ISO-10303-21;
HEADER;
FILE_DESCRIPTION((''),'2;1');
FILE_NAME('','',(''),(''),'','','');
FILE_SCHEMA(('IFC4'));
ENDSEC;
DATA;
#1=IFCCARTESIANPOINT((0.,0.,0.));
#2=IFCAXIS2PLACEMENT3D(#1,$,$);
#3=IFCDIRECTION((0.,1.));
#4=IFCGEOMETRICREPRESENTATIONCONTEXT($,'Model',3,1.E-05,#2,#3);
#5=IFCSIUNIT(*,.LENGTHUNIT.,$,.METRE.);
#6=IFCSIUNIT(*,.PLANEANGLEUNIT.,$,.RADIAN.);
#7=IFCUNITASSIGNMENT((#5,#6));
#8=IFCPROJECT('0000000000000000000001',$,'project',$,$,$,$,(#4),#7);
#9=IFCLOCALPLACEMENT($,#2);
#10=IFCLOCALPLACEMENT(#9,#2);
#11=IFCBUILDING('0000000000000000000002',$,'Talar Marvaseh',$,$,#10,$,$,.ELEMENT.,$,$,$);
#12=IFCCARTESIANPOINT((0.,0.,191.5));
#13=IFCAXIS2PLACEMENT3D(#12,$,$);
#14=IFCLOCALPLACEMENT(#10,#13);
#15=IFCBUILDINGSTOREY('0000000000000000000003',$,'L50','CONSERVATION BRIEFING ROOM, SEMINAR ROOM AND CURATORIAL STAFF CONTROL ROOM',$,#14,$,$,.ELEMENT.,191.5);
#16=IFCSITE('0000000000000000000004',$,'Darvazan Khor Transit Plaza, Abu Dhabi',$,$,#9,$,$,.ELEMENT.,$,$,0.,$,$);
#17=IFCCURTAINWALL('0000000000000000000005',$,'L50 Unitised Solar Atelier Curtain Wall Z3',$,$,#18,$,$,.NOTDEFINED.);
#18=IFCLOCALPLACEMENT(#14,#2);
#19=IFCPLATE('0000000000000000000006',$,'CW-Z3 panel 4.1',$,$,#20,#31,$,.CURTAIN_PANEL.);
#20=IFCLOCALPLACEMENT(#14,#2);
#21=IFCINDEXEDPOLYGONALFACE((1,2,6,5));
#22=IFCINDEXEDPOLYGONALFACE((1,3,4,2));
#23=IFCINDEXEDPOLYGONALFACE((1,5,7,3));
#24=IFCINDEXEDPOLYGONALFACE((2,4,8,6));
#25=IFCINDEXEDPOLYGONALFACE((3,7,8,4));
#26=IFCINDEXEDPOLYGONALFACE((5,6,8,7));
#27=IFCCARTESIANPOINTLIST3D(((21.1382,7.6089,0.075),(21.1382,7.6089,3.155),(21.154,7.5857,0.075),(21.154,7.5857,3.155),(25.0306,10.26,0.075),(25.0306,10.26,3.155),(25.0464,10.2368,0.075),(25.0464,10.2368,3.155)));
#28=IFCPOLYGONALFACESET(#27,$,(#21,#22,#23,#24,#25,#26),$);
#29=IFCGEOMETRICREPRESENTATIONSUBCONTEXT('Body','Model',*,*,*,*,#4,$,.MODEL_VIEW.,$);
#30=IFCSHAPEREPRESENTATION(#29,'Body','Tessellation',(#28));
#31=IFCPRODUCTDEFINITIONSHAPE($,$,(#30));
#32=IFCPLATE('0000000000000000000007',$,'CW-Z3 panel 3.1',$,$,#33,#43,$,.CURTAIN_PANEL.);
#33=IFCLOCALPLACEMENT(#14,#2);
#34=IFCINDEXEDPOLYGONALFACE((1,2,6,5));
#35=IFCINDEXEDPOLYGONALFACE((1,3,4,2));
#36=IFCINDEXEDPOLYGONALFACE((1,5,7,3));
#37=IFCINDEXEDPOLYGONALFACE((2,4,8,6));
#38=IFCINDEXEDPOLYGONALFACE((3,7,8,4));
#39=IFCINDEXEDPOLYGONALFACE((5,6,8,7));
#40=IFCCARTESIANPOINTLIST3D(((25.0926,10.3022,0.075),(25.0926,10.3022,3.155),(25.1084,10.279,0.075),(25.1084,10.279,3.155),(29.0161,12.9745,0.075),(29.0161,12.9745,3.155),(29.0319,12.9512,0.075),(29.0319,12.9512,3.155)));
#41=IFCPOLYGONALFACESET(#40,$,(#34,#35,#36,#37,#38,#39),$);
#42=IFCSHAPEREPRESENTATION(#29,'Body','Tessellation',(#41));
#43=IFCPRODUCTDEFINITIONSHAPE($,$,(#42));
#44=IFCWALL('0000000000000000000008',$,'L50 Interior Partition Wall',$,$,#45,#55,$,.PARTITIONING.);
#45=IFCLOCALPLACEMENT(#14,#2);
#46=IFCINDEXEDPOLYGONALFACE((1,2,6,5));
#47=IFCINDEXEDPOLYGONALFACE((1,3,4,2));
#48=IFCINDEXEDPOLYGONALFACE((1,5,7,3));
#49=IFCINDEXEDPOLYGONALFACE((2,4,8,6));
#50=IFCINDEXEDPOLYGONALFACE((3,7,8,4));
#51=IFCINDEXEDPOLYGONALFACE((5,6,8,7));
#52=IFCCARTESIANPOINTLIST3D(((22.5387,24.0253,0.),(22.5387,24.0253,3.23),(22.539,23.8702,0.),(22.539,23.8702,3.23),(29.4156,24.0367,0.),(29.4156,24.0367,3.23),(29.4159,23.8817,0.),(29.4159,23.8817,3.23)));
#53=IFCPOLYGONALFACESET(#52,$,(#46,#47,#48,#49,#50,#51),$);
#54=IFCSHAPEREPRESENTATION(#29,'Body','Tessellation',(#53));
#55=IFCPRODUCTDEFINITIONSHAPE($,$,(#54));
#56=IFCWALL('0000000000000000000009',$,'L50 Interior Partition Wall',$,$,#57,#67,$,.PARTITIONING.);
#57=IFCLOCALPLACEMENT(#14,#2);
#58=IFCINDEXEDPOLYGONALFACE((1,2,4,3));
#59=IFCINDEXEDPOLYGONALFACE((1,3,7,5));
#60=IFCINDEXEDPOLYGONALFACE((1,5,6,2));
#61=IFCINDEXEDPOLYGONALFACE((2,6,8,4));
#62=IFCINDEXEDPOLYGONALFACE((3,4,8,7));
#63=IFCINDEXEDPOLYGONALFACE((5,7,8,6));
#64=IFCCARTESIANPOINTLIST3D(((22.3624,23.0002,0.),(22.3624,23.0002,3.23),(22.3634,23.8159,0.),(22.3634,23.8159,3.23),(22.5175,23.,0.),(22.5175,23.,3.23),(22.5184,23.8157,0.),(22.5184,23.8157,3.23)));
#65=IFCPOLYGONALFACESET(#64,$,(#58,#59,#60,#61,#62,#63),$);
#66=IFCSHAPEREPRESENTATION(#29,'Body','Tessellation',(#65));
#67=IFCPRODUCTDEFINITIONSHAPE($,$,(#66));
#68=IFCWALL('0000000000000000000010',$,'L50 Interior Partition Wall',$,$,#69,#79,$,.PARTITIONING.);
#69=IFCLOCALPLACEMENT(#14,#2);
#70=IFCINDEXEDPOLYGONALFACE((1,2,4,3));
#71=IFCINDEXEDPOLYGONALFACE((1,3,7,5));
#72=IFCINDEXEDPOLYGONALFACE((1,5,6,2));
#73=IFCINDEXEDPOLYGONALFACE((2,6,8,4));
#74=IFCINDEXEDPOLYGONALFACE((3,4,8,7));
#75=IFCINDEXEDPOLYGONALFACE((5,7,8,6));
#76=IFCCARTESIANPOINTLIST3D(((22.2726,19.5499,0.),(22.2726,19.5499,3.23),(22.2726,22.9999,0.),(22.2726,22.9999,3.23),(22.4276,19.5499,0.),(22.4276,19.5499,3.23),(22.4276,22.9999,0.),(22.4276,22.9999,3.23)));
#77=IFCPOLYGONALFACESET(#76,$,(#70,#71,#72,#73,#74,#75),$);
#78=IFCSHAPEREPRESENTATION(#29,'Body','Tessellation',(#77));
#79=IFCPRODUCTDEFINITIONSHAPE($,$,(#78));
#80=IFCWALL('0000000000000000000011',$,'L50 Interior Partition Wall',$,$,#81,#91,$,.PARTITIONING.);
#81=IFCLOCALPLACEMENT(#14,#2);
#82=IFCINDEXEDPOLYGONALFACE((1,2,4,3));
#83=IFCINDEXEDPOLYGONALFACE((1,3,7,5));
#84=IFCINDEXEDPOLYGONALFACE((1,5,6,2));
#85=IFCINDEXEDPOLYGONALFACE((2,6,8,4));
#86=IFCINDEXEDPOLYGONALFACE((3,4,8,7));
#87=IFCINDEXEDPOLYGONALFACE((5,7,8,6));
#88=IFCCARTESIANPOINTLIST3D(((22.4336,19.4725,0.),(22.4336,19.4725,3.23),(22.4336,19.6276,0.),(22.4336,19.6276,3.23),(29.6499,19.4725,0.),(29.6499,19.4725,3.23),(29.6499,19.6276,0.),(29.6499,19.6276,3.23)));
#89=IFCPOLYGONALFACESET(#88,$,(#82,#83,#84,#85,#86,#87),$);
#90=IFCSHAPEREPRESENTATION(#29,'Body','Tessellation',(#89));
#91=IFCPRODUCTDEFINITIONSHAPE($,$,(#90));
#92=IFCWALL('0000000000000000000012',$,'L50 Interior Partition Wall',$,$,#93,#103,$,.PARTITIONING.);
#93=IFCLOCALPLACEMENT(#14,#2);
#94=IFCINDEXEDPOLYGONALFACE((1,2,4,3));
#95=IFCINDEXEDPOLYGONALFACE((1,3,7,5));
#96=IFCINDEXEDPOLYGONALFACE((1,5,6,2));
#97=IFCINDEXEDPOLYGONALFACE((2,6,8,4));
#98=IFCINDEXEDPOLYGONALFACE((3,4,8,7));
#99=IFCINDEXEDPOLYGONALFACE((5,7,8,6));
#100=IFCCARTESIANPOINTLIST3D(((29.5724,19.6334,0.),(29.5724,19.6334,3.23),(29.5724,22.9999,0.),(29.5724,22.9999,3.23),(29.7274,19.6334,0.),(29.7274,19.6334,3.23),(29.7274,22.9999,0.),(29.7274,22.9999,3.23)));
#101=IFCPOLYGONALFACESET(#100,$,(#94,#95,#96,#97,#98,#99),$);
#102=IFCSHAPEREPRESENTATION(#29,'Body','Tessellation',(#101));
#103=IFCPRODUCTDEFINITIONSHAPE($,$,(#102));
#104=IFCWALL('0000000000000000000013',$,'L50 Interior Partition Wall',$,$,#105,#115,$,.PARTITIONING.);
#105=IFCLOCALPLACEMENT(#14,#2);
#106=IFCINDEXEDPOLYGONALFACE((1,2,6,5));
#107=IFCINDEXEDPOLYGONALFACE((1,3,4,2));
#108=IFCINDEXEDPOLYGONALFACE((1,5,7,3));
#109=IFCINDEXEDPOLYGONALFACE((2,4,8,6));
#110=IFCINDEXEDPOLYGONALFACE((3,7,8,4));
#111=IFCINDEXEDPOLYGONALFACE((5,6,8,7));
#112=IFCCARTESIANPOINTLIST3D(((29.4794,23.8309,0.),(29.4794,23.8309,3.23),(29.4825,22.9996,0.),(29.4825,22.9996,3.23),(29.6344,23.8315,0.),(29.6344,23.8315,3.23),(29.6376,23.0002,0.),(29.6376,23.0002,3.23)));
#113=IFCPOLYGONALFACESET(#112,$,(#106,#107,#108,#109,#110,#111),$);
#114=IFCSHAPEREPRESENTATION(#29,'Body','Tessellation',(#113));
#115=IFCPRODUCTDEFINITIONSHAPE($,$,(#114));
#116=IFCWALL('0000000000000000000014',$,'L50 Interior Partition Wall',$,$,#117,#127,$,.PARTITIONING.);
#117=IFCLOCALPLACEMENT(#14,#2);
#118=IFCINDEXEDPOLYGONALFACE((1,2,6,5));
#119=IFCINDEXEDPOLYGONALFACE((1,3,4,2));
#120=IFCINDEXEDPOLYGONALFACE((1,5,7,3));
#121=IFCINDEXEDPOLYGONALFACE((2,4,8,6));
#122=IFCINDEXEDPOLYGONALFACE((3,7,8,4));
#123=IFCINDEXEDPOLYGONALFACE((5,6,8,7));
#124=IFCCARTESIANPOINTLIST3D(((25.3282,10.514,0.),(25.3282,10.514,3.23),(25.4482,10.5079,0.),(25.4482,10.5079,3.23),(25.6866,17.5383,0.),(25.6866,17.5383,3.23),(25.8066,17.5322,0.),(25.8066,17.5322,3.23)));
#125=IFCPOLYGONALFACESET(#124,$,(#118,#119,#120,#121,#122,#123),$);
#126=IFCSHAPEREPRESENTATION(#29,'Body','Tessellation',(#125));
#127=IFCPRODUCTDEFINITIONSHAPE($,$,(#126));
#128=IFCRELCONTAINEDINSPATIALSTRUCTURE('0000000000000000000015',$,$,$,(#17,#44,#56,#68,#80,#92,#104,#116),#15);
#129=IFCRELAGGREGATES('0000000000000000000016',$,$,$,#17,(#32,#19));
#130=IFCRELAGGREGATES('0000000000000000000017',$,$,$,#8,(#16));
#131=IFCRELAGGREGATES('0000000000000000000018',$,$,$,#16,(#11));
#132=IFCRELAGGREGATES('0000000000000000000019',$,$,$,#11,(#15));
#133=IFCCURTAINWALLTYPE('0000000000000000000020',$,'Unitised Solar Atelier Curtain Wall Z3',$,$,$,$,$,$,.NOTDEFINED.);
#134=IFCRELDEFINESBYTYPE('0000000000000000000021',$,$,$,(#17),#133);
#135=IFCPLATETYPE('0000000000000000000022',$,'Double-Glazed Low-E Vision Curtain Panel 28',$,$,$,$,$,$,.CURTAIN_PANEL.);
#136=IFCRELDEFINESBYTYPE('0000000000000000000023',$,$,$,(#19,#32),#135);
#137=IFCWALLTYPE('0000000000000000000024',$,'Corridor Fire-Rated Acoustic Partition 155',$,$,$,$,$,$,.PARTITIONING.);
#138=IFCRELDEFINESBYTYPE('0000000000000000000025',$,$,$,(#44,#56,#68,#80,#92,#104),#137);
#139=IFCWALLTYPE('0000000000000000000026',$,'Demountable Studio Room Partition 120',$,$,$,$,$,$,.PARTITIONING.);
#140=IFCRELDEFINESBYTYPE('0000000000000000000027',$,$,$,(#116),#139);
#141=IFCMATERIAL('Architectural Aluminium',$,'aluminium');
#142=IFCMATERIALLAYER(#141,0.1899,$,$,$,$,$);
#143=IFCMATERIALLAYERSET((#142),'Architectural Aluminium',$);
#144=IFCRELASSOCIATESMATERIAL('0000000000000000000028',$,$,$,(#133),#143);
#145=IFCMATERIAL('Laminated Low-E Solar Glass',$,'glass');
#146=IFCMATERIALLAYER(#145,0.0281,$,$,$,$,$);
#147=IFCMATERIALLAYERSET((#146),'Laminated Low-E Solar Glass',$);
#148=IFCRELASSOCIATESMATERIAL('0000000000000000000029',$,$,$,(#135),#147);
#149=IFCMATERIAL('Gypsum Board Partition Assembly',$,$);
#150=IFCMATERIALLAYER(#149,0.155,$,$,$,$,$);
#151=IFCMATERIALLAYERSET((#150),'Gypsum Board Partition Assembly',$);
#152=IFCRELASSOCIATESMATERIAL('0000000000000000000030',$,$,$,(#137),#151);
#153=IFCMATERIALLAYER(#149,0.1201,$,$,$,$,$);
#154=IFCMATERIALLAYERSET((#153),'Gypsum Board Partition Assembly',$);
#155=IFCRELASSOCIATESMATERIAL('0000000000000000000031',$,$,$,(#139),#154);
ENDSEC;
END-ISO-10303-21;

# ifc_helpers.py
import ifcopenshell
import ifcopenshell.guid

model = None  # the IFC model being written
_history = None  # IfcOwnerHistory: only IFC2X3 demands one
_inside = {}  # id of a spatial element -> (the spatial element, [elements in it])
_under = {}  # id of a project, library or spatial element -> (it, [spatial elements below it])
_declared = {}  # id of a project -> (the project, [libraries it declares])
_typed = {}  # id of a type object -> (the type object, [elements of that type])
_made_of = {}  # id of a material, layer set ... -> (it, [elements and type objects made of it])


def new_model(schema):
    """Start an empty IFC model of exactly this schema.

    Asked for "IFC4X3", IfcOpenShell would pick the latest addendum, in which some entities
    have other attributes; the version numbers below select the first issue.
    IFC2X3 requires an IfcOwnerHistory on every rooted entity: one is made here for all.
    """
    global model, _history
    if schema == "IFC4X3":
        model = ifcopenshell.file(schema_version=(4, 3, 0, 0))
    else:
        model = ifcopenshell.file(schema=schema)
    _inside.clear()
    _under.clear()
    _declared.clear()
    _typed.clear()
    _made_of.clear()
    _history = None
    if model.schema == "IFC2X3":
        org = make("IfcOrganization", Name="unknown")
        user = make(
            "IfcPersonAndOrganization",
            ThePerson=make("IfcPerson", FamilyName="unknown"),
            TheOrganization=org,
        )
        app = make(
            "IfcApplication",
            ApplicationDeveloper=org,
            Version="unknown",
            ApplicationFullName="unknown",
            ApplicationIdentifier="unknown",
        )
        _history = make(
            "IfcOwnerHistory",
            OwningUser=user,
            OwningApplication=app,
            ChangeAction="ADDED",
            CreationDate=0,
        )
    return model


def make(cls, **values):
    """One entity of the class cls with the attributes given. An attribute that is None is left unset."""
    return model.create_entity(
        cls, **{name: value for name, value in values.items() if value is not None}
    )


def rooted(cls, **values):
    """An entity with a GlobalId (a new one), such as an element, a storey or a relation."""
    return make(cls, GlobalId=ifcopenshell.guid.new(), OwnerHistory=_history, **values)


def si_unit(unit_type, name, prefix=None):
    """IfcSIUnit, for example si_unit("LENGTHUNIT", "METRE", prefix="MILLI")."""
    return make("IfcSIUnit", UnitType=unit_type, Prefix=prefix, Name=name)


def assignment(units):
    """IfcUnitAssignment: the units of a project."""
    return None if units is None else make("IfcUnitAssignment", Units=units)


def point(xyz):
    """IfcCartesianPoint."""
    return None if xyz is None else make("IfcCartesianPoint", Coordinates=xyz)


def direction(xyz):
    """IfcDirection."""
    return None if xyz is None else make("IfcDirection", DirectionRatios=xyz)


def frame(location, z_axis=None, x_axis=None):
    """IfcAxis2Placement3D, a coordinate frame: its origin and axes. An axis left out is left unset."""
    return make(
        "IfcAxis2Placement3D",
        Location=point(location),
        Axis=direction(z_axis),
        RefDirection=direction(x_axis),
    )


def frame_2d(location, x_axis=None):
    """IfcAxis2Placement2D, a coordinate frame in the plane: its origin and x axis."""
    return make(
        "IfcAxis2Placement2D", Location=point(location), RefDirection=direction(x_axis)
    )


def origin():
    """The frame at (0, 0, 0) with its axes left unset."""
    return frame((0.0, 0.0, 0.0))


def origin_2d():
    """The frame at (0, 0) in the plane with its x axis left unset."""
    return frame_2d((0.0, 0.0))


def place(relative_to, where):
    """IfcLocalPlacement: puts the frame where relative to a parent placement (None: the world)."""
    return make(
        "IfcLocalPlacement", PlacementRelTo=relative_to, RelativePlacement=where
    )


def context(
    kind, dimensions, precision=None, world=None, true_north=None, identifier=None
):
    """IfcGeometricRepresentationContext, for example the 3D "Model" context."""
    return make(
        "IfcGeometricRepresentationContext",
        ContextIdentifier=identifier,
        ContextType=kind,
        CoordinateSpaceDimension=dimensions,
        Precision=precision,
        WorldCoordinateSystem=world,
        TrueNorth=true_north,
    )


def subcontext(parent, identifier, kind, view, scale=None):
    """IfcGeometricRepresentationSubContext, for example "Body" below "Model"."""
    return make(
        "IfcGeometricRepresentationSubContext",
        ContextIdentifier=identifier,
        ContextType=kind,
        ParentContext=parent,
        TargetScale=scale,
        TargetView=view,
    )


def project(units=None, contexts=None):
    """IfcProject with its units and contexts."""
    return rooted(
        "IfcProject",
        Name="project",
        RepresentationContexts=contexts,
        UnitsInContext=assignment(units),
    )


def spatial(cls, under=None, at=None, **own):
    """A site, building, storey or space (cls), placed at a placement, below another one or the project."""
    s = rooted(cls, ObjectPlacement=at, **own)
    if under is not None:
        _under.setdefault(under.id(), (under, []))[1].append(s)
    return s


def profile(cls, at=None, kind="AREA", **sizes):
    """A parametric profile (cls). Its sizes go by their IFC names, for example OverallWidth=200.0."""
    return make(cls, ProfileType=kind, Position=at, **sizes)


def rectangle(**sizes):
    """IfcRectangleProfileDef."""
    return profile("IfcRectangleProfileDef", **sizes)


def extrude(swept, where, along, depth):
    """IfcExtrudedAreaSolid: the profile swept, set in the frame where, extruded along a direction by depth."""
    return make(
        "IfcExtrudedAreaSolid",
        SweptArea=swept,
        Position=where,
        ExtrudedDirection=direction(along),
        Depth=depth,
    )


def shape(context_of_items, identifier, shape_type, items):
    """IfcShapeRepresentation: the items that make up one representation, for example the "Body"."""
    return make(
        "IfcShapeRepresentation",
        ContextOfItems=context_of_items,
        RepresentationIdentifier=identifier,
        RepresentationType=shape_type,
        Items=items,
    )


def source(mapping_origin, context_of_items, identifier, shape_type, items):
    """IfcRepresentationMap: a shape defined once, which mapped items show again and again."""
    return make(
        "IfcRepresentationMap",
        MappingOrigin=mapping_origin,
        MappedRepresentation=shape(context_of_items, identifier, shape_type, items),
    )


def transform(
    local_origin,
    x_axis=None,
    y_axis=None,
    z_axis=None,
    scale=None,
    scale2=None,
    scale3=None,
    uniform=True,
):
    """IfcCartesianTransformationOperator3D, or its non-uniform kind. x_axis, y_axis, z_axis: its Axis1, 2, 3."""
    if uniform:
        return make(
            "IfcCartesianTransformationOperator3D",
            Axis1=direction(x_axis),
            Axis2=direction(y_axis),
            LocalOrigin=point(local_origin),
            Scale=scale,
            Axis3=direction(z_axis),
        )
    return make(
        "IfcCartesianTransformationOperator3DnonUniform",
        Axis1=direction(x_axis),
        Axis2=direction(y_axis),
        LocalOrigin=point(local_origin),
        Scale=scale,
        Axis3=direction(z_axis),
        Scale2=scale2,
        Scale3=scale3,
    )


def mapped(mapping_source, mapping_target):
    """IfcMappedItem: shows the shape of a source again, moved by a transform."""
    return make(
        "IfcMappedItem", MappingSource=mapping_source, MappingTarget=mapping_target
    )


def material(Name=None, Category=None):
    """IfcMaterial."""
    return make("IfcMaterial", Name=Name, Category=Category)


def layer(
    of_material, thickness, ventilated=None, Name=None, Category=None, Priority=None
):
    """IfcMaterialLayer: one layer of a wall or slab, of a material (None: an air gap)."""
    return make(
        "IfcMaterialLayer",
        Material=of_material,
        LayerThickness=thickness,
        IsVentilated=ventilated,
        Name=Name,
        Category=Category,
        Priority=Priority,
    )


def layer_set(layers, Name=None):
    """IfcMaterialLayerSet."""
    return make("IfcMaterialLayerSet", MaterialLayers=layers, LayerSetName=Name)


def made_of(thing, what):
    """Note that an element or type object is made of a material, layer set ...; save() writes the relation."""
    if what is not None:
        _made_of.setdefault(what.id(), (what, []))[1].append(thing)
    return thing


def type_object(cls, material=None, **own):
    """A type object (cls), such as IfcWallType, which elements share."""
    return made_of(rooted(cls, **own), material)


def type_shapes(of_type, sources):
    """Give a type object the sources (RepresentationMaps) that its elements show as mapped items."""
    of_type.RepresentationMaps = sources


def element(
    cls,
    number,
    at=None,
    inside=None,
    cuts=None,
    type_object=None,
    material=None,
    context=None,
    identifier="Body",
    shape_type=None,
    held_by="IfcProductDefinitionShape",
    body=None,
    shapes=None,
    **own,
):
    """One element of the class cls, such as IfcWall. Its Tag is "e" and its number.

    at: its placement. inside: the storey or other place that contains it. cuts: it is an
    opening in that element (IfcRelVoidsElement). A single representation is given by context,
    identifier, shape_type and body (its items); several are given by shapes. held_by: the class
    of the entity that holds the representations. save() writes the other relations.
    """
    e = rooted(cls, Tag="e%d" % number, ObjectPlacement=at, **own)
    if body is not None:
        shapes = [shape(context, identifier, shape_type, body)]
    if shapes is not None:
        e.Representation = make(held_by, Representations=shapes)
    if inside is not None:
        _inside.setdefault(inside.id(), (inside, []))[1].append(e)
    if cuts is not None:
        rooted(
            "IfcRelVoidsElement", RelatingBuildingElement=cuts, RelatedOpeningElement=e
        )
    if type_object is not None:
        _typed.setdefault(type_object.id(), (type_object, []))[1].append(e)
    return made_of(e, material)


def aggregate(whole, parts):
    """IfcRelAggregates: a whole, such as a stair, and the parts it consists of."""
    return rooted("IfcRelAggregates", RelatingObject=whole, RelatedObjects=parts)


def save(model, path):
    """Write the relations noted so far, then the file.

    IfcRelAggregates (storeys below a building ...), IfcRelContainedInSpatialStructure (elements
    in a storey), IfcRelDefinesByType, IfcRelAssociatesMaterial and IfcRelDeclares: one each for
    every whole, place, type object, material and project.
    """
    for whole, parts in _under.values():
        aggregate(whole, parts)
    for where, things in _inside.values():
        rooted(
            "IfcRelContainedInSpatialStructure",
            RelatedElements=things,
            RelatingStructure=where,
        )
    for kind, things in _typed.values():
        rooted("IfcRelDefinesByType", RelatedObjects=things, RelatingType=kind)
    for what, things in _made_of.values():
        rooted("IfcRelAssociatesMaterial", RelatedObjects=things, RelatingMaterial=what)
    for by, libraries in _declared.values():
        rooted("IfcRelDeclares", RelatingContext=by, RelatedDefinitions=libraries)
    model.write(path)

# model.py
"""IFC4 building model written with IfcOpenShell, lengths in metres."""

from ifc_helpers import new_model, si_unit, direction, frame, frame_2d, origin, origin_2d, place, context, subcontext, project, spatial, rectangle, extrude, source, transform, mapped, material, layer, layer_set, type_object, type_shapes, element, aggregate, save


model = new_model("IFC4")

# Units and contexts
model_context = context("Model", 3, precision=1e-05, world=origin(), true_north=direction((0.0, 1.0)))
body_context = subcontext(model_context, "Body", "Model", "MODEL_VIEW")
ifc_project = project(units=[si_unit("LENGTHUNIT", "METRE"), si_unit("PLANEANGLEUNIT", "RADIAN")], contexts=[model_context])

# Site, building, storey
site_placement = place(None, origin())
site = spatial("IfcSite", under=ifc_project, at=site_placement, Name="Darvazan Khor Transit Plaza, Abu Dhabi", CompositionType="ELEMENT", RefElevation=0.0)
building_placement = place(site_placement, origin())
building = spatial("IfcBuilding", under=site, at=building_placement, Name="Talar Marvaseh", CompositionType="ELEMENT")
storey_placement = place(building_placement, frame((0.0, 0.0, 191.5)))
storey = spatial("IfcBuildingStorey", under=building, at=storey_placement, Name="L50", Description="CONSERVATION BRIEFING ROOM, SEMINAR ROOM AND CURATORIAL STAFF CONTROL ROOM", CompositionType="ELEMENT", Elevation=191.5)

# Curtain wall, plates
ifc_material_1 = material(Name="Architectural Aluminium", Category="aluminium")
ifc_layer_1 = layer(ifc_material_1, 0.1899)
ifc_layer_set_1 = layer_set([ifc_layer_1], Name="Architectural Aluminium")
curtain_wall_type = type_object("IfcCurtainWallType", Name="Unitised Solar Atelier Curtain Wall Z3", PredefinedType="NOTDEFINED", material=ifc_layer_set_1)
curtain_wall_placement = place(storey_placement, origin())
curtain_wall = element("IfcCurtainWall", 1, at=curtain_wall_placement, inside=storey, type_object=curtain_wall_type, Name="L50 Unitised Solar Atelier Curtain Wall Z3", PredefinedType="NOTDEFINED")
ifc_material_2 = material(Name="Laminated Low-E Solar Glass", Category="glass")
ifc_layer_2 = layer(ifc_material_2, 0.0281)
ifc_layer_set_2 = layer_set([ifc_layer_2], Name="Laminated Low-E Solar Glass")
plate_type = type_object("IfcPlateType", Name="Double-Glazed Low-E Vision Curtain Panel 28", PredefinedType="CURTAIN_PANEL", material=ifc_layer_set_2)
shared_shape_1 = source(origin(), body_context, "Body", "SweptSolid", [
    extrude(rectangle(XDim=4.7095, YDim=0.0281, at=origin_2d()), origin(), (0.0, 0.0, 1.0), 3.0801),
])
plate_1_placement = place(storey_placement, frame((23.0923, 8.9229, 0.075), z_axis=(0.0, 0.0, 1.0), x_axis=(-0.826503, -0.562932, 0.0)))
plate_1 = element("IfcPlate", 2, at=plate_1_placement, type_object=plate_type, Name="CW-Z3 panel 4.1", PredefinedType="CURTAIN_PANEL", context=body_context, shape_type="MappedRepresentation", body=[
    mapped(shared_shape_1, transform((0.0, 0.0, 0.0), x_axis=(1.0, 0.0, 0.0), y_axis=(0.0, 1.0, 0.0), z_axis=(0.0, 0.0, 1.0), scale=1.0)),
])
shared_shape_2 = source(origin(), body_context, "Body", "SweptSolid", [
    extrude(rectangle(XDim=4.7471, YDim=0.0281, at=origin_2d()), origin(), (0.0, 0.0, 1.0), 3.0801),
])
type_shapes(plate_type, [shared_shape_1, shared_shape_2])
plate_2_placement = place(storey_placement, frame((27.0623, 11.6267, 0.075), z_axis=(0.0, 0.0, 1.0), x_axis=(-0.826503, -0.562932, 0.0)))
plate_2 = element("IfcPlate", 3, at=plate_2_placement, type_object=plate_type, Name="CW-Z3 panel 3.1", PredefinedType="CURTAIN_PANEL", context=body_context, shape_type="MappedRepresentation", body=[
    mapped(shared_shape_2, transform((0.0, 0.0, 0.0), x_axis=(1.0, 0.0, 0.0), y_axis=(0.0, 1.0, 0.0), z_axis=(0.0, 0.0, 1.0), scale=1.0)),
])
aggregate(curtain_wall, [plate_2, plate_1])

# Walls
ifc_material_3 = material(Name="Gypsum Board Partition Assembly")
ifc_layer_3 = layer(ifc_material_3, 0.155)
ifc_layer_set_3 = layer_set([ifc_layer_3], Name="Gypsum Board Partition Assembly")
wall_type_1 = type_object("IfcWallType", Name="Corridor Fire-Rated Acoustic Partition 155", PredefinedType="PARTITIONING", material=ifc_layer_set_3)
wall_1_placement = place(storey_placement, frame((29.4158, 23.9592, 0.0), z_axis=(0.0, 0.0, 1.0), x_axis=(-0.999999, -0.001669, 0.0)))
element("IfcWall", 4, at=wall_1_placement, inside=storey, type_object=wall_type_1, Name="L50 Interior Partition Wall", PredefinedType="PARTITIONING", context=body_context, shape_type="SweptSolid", body=[
    extrude(rectangle(XDim=6.877, YDim=0.155, at=frame_2d((3.4385, 0.0))), origin(), (0.0, 0.0, 1.0), 3.23),
])
wall_2_placement = place(storey_placement, frame((22.4409, 23.8157, 0.0), z_axis=(0.0, 0.0, 1.0), x_axis=(-0.001197, -0.999999, 0.0)))
element("IfcWall", 5, at=wall_2_placement, inside=storey, type_object=wall_type_1, Name="L50 Interior Partition Wall", PredefinedType="PARTITIONING", context=body_context, shape_type="SweptSolid", body=[
    extrude(rectangle(XDim=0.8157, YDim=0.155, at=frame_2d((0.4077, 0.0))), origin(), (0.0, 0.0, 1.0), 3.23),
])
wall_3_placement = place(storey_placement, frame((22.3501, 23.0, 0.0), z_axis=(0.0, 0.0, 1.0), x_axis=(0.0, -1.0, 0.0)))
element("IfcWall", 6, at=wall_3_placement, inside=storey, type_object=wall_type_1, Name="L50 Interior Partition Wall", PredefinedType="PARTITIONING", context=body_context, shape_type="SweptSolid", body=[
    extrude(rectangle(XDim=3.45, YDim=0.155, at=frame_2d((1.7251, 0.0))), origin(), (0.0, 0.0, 1.0), 3.23),
])
wall_4_placement = place(storey_placement, frame((22.4336, 19.55, 0.0), z_axis=(0.0, 0.0, 1.0), x_axis=(1.0, 0.0, 0.0)))
element("IfcWall", 7, at=wall_4_placement, inside=storey, type_object=wall_type_1, Name="L50 Interior Partition Wall", PredefinedType="PARTITIONING", context=body_context, shape_type="SweptSolid", body=[
    extrude(rectangle(XDim=7.2163, YDim=0.155, at=frame_2d((3.6082, 0.0))), origin(), (0.0, 0.0, 1.0), 3.23),
])
wall_5_placement = place(storey_placement, frame((29.6499, 19.6335, 0.0), z_axis=(0.0, 0.0, 1.0), x_axis=(0.0, 1.0, 0.0)))
element("IfcWall", 8, at=wall_5_placement, inside=storey, type_object=wall_type_1, Name="L50 Interior Partition Wall", PredefinedType="PARTITIONING", context=body_context, shape_type="SweptSolid", body=[
    extrude(rectangle(XDim=3.3665, YDim=0.155, at=frame_2d((1.6831, 0.0))), origin(), (0.0, 0.0, 1.0), 3.23),
])
wall_6_placement = place(storey_placement, frame((29.5601, 23.0, 0.0), z_axis=(0.0, 0.0, 1.0), x_axis=(-0.003818, 0.999993, 0.0)))
element("IfcWall", 9, at=wall_6_placement, inside=storey, type_object=wall_type_1, Name="L50 Interior Partition Wall", PredefinedType="PARTITIONING", context=body_context, shape_type="SweptSolid", body=[
    extrude(rectangle(XDim=0.8313, YDim=0.155, at=frame_2d((0.4155, 0.0))), origin(), (0.0, 0.0, 1.0), 3.23),
])
ifc_layer_4 = layer(ifc_material_3, 0.1201)
ifc_layer_set_4 = layer_set([ifc_layer_4], Name="Gypsum Board Partition Assembly")
wall_type_2 = type_object("IfcWallType", Name="Demountable Studio Room Partition 120", PredefinedType="PARTITIONING", material=ifc_layer_set_4)
wall_7_placement = place(storey_placement, frame((25.7466, 17.5352, 0.0), z_axis=(0.0, 0.0, 1.0), x_axis=(-0.050956, -0.998701, 0.0)))
element("IfcWall", 10, at=wall_7_placement, inside=storey, type_object=wall_type_2, Name="L50 Interior Partition Wall", PredefinedType="PARTITIONING", context=body_context, shape_type="SweptSolid", body=[
    extrude(rectangle(XDim=7.0334, YDim=0.1201, at=frame_2d((3.5166, 0.0))), origin(), (0.0, 0.0, 1.0), 3.23),
])

save(model, "model.ifc")
